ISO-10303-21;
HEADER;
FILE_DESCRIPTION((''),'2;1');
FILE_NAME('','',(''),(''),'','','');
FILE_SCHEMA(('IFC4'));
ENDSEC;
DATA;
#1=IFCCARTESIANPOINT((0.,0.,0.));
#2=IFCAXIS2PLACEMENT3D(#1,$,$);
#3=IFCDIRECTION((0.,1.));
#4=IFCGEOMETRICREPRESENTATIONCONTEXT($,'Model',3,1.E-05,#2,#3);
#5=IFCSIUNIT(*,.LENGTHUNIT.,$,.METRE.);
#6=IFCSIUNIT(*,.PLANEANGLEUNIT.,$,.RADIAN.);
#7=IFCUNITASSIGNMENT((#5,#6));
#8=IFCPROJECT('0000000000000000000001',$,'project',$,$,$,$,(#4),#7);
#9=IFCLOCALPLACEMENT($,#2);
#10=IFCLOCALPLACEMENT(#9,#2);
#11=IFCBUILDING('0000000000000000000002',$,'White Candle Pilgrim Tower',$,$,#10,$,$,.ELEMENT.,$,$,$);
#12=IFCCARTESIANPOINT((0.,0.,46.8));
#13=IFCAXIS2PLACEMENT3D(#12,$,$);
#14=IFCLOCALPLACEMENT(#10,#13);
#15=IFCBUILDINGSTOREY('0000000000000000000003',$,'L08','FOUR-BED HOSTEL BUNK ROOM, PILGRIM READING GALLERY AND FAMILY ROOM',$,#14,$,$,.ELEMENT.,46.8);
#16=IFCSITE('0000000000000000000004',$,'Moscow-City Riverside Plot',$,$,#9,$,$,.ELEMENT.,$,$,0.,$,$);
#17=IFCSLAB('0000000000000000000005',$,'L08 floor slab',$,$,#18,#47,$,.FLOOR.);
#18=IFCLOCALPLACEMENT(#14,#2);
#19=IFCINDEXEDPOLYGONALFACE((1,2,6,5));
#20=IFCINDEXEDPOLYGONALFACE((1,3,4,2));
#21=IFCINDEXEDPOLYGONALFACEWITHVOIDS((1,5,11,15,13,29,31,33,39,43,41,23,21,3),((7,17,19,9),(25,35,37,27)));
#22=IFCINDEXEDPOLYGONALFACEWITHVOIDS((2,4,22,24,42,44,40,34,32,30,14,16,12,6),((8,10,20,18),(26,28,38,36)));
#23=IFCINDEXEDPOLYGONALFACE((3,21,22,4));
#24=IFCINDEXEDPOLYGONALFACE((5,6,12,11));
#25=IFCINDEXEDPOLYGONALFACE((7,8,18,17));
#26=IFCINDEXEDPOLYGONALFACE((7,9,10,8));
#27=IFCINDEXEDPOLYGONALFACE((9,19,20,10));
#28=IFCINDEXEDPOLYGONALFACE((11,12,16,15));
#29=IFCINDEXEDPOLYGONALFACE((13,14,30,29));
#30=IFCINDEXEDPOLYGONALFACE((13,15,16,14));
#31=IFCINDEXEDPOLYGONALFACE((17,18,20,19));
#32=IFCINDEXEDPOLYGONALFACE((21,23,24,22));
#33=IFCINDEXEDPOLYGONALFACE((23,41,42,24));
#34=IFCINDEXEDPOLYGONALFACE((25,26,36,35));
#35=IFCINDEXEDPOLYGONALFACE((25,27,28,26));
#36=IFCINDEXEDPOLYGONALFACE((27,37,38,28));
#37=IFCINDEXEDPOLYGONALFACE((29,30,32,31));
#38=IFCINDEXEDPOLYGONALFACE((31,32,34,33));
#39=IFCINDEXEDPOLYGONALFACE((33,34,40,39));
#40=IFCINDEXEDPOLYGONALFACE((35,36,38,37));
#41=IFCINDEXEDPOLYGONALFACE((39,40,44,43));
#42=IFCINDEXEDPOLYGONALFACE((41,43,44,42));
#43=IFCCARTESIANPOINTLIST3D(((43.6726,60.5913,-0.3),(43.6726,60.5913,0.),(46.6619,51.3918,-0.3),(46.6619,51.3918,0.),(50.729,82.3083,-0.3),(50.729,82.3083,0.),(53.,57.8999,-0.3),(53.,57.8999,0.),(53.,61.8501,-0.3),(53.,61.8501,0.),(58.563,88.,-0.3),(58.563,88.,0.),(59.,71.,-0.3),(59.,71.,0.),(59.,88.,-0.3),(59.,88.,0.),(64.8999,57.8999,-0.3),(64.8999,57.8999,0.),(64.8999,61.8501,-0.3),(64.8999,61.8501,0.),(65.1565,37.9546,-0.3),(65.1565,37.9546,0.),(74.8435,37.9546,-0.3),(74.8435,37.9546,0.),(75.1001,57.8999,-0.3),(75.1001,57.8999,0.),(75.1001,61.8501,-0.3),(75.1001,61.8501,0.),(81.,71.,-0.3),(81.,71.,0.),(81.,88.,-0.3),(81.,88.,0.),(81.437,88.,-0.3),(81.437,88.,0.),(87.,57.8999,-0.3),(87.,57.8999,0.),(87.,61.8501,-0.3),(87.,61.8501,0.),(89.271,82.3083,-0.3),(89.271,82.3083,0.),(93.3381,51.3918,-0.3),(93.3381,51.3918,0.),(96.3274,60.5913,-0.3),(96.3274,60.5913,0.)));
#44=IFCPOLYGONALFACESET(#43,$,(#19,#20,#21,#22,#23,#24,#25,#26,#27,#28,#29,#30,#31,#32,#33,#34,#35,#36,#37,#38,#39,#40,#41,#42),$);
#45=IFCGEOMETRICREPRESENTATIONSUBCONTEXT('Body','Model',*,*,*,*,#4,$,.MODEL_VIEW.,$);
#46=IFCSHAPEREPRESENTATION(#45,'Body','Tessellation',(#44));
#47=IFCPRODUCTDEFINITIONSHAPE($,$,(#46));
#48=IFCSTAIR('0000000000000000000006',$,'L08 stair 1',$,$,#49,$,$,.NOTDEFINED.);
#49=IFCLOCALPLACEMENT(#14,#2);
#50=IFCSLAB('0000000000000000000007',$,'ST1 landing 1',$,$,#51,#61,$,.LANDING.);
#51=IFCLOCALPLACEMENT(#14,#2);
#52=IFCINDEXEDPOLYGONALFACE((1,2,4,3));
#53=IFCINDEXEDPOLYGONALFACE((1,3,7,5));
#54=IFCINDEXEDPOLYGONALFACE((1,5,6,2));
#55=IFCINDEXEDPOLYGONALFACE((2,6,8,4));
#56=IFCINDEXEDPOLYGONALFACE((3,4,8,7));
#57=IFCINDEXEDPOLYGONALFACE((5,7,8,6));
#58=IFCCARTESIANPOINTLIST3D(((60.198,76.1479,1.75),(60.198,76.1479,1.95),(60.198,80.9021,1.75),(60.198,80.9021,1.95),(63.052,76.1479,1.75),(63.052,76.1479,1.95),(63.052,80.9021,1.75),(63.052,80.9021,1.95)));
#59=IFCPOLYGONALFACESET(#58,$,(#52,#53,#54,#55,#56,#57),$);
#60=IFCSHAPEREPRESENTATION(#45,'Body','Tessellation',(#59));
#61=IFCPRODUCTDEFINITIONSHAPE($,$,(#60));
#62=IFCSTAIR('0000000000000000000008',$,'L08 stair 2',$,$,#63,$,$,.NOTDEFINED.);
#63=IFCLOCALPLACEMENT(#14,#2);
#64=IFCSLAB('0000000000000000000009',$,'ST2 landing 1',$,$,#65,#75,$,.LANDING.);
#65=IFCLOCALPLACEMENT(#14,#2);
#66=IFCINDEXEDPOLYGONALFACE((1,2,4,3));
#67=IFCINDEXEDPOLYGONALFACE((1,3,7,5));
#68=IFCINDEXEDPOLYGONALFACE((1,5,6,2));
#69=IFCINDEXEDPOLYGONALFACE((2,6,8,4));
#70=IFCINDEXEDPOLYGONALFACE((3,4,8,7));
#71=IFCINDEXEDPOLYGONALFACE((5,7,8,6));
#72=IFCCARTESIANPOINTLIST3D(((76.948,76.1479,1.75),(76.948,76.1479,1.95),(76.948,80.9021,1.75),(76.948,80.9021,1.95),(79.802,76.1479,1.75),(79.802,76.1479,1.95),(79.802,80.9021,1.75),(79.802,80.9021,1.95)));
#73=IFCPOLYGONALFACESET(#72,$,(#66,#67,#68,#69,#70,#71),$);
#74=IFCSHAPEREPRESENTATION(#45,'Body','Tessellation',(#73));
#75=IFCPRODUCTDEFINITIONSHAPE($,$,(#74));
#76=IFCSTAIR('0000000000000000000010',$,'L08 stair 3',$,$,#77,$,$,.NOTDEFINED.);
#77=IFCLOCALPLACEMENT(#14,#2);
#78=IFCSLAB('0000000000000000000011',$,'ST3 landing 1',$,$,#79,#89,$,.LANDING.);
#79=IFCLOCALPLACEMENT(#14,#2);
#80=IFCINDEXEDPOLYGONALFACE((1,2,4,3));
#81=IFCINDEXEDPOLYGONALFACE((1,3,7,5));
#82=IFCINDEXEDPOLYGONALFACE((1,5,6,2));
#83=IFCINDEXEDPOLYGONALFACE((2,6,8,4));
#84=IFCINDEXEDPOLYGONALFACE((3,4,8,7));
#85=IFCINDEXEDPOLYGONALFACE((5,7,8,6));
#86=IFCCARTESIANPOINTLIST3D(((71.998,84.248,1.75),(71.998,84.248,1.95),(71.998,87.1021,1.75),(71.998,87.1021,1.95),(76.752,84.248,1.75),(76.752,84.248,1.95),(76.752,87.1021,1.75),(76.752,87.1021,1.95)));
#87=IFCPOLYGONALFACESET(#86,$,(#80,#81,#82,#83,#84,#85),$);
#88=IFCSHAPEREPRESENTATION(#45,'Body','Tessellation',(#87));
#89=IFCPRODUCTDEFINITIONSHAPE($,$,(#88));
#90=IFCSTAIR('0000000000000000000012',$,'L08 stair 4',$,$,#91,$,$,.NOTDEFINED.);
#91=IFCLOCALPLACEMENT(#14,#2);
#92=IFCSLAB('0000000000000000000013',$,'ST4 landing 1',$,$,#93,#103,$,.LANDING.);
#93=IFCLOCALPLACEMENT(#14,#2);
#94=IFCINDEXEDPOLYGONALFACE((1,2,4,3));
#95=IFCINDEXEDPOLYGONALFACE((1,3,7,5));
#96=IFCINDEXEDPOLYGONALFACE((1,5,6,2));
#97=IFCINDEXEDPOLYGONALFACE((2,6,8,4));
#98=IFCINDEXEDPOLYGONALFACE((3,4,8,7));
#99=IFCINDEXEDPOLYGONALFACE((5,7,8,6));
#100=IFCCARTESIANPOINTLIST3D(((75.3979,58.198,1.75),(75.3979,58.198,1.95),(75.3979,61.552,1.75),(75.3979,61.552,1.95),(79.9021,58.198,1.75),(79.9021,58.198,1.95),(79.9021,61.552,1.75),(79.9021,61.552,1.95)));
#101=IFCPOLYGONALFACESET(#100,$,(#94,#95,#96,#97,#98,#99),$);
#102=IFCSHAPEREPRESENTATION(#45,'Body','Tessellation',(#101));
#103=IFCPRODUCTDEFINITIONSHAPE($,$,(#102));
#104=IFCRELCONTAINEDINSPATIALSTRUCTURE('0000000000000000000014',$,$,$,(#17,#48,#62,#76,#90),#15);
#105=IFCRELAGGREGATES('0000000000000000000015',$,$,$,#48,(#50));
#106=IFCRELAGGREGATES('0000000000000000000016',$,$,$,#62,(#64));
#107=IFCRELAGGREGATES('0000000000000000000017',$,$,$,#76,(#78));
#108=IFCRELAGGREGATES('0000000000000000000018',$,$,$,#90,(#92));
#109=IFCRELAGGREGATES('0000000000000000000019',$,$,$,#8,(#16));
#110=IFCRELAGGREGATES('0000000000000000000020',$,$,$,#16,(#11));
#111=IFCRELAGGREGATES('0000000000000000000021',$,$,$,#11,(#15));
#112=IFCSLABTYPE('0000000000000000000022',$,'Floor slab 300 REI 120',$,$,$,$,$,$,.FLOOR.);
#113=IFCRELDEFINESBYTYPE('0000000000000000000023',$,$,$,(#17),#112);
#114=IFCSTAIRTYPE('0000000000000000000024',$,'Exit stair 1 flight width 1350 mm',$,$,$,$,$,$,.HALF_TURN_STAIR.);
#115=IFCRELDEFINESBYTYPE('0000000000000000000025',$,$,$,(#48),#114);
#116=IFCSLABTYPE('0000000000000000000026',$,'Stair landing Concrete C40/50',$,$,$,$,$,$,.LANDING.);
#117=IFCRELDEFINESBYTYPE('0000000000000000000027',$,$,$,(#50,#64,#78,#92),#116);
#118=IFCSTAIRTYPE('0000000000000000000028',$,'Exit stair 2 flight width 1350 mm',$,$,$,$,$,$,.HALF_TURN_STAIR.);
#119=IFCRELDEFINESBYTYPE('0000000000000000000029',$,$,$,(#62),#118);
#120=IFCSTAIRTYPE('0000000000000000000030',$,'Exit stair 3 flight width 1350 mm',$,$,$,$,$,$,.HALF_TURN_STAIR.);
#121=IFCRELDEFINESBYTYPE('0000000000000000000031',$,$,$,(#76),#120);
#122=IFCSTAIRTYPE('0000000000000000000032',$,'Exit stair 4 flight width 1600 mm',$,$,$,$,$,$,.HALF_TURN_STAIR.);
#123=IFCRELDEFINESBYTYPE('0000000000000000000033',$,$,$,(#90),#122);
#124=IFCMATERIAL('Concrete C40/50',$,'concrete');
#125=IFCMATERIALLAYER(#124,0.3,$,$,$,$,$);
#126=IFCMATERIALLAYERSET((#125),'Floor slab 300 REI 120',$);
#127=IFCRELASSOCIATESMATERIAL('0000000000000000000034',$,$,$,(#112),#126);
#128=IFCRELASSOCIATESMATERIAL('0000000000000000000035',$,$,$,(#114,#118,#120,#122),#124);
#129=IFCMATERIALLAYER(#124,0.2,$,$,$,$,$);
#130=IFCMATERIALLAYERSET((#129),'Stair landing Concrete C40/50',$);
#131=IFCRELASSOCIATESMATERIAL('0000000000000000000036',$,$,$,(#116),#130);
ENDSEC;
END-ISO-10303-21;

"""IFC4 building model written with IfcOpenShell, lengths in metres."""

from ifc_helpers import new_model, si_unit, direction, frame, origin, place, context, subcontext, project, spatial, polyline, outline, extrude, material, layer, layer_set, type_object, element, aggregate, save


model = new_model("IFC4")

# Units and contexts
model_context = context("Model", 3, precision=1e-05, world=origin(), true_north=direction((0.0, 1.0)))
body_context = subcontext(model_context, "Body", "Model", "MODEL_VIEW")
ifc_project = project(units=[si_unit("LENGTHUNIT", "METRE"), si_unit("PLANEANGLEUNIT", "RADIAN")], contexts=[model_context])

# Site, building, storey
site_placement = place(None, origin())
site = spatial("IfcSite", under=ifc_project, at=site_placement, Name="Moscow-City Riverside Plot", CompositionType="ELEMENT", RefElevation=0.0)
building_placement = place(site_placement, origin())
building = spatial("IfcBuilding", under=site, at=building_placement, Name="White Candle Pilgrim Tower", CompositionType="ELEMENT")
storey_placement = place(building_placement, frame((0.0, 0.0, 46.8)))
storey = spatial("IfcBuildingStorey", under=building, at=storey_placement, Name="L08", Description="FOUR-BED HOSTEL BUNK ROOM, PILGRIM READING GALLERY AND FAMILY ROOM", CompositionType="ELEMENT", Elevation=46.8)

# Slab
ifc_material = material(Name="Concrete C40/50", Category="concrete")
ifc_layer_1 = layer(ifc_material, 0.3)
ifc_layer_set_1 = layer_set([ifc_layer_1], Name="Floor slab 300 REI 120")
slab_type_1 = type_object("IfcSlabType", Name="Floor slab 300 REI 120", PredefinedType="FLOOR", material=ifc_layer_set_1)
slab_1_placement = place(storey_placement, frame((0.0, 0.0, -0.3)))
element("IfcSlab", 1, at=slab_1_placement, inside=storey, type_object=slab_type_1, Name="L08 floor slab", PredefinedType="FLOOR", context=body_context, shape_type="SweptSolid", body=[
    extrude(outline(polyline([(65.1565, 37.9546), (74.8435, 37.9546), (93.3381, 51.3918), (96.3274, 60.5913), (89.271, 82.3083), (81.437, 88.0), (81.0, 88.0), (81.0, 71.0), (59.0, 71.0), (59.0, 88.0), (58.563, 88.0), (50.729, 82.3083), (43.6726, 60.5913), (46.6619, 51.3918), (65.1565, 37.9546)]), holes=[polyline([(53.0, 57.8999), (53.0, 61.8501), (64.8999, 61.8501), (64.8999, 57.8999), (53.0, 57.8999)]), polyline([(75.1001, 57.8999), (75.1001, 61.8501), (87.0, 61.8501), (87.0, 57.8999), (75.1001, 57.8999)])]), origin(), (0.0, 0.0, 1.0), 0.3),
])

# Stairs, slabs
stair_type_1 = type_object("IfcStairType", Name="Exit stair 1 flight width 1350 mm", PredefinedType="HALF_TURN_STAIR", material=ifc_material)
stair_1_placement = place(storey_placement, origin())
stair_1 = element("IfcStair", 2, at=stair_1_placement, inside=storey, type_object=stair_type_1, Name="L08 stair 1", PredefinedType="NOTDEFINED")
ifc_layer_2 = layer(ifc_material, 0.2)
ifc_layer_set_2 = layer_set([ifc_layer_2], Name="Stair landing Concrete C40/50")
slab_type_2 = type_object("IfcSlabType", Name="Stair landing Concrete C40/50", PredefinedType="LANDING", material=ifc_layer_set_2)
slab_2_placement = place(storey_placement, frame((0.0, 0.0, 1.75)))
slab_2 = element("IfcSlab", 3, at=slab_2_placement, type_object=slab_type_2, Name="ST1 landing 1", PredefinedType="LANDING", context=body_context, shape_type="SweptSolid", body=[
    extrude(outline(polyline([(63.052, 76.1479), (60.198, 76.1479), (60.198, 80.9021), (63.052, 80.9021), (63.052, 76.1479)])), origin(), (0.0, 0.0, 1.0), 0.2),
])
aggregate(stair_1, [slab_2])
stair_type_2 = type_object("IfcStairType", Name="Exit stair 2 flight width 1350 mm", PredefinedType="HALF_TURN_STAIR", material=ifc_material)
stair_2_placement = place(storey_placement, origin())
stair_2 = element("IfcStair", 4, at=stair_2_placement, inside=storey, type_object=stair_type_2, Name="L08 stair 2", PredefinedType="NOTDEFINED")
slab_3_placement = place(storey_placement, frame((0.0, 0.0, 1.75)))
slab_3 = element("IfcSlab", 5, at=slab_3_placement, type_object=slab_type_2, Name="ST2 landing 1", PredefinedType="LANDING", context=body_context, shape_type="SweptSolid", body=[
    extrude(outline(polyline([(79.802, 76.1479), (76.948, 76.1479), (76.948, 80.9021), (79.802, 80.9021), (79.802, 76.1479)])), origin(), (0.0, 0.0, 1.0), 0.2),
])
aggregate(stair_2, [slab_3])
stair_type_3 = type_object("IfcStairType", Name="Exit stair 3 flight width 1350 mm", PredefinedType="HALF_TURN_STAIR", material=ifc_material)
stair_3_placement = place(storey_placement, origin())
stair_3 = element("IfcStair", 6, at=stair_3_placement, inside=storey, type_object=stair_type_3, Name="L08 stair 3", PredefinedType="NOTDEFINED")
slab_4_placement = place(storey_placement, frame((0.0, 0.0, 1.75)))
slab_4 = element("IfcSlab", 7, at=slab_4_placement, type_object=slab_type_2, Name="ST3 landing 1", PredefinedType="LANDING", context=body_context, shape_type="SweptSolid", body=[
    extrude(outline(polyline([(71.998, 84.248), (71.998, 87.1021), (76.752, 87.1021), (76.752, 84.248), (71.998, 84.248)])), origin(), (0.0, 0.0, 1.0), 0.2),
])
aggregate(stair_3, [slab_4])
stair_type_4 = type_object("IfcStairType", Name="Exit stair 4 flight width 1600 mm", PredefinedType="HALF_TURN_STAIR", material=ifc_material)
stair_4_placement = place(storey_placement, origin())
stair_4 = element("IfcStair", 8, at=stair_4_placement, inside=storey, type_object=stair_type_4, Name="L08 stair 4", PredefinedType="NOTDEFINED")
slab_5_placement = place(storey_placement, frame((0.0, 0.0, 1.75)))
slab_5 = element("IfcSlab", 9, at=slab_5_placement, type_object=slab_type_2, Name="ST4 landing 1", PredefinedType="LANDING", context=body_context, shape_type="SweptSolid", body=[
    extrude(outline(polyline([(79.9021, 61.552), (79.9021, 58.198), (75.3979, 58.198), (75.3979, 61.552), (79.9021, 61.552)])), origin(), (0.0, 0.0, 1.0), 0.2),
])
aggregate(stair_4, [slab_5])

save(model, "model.ifc")
